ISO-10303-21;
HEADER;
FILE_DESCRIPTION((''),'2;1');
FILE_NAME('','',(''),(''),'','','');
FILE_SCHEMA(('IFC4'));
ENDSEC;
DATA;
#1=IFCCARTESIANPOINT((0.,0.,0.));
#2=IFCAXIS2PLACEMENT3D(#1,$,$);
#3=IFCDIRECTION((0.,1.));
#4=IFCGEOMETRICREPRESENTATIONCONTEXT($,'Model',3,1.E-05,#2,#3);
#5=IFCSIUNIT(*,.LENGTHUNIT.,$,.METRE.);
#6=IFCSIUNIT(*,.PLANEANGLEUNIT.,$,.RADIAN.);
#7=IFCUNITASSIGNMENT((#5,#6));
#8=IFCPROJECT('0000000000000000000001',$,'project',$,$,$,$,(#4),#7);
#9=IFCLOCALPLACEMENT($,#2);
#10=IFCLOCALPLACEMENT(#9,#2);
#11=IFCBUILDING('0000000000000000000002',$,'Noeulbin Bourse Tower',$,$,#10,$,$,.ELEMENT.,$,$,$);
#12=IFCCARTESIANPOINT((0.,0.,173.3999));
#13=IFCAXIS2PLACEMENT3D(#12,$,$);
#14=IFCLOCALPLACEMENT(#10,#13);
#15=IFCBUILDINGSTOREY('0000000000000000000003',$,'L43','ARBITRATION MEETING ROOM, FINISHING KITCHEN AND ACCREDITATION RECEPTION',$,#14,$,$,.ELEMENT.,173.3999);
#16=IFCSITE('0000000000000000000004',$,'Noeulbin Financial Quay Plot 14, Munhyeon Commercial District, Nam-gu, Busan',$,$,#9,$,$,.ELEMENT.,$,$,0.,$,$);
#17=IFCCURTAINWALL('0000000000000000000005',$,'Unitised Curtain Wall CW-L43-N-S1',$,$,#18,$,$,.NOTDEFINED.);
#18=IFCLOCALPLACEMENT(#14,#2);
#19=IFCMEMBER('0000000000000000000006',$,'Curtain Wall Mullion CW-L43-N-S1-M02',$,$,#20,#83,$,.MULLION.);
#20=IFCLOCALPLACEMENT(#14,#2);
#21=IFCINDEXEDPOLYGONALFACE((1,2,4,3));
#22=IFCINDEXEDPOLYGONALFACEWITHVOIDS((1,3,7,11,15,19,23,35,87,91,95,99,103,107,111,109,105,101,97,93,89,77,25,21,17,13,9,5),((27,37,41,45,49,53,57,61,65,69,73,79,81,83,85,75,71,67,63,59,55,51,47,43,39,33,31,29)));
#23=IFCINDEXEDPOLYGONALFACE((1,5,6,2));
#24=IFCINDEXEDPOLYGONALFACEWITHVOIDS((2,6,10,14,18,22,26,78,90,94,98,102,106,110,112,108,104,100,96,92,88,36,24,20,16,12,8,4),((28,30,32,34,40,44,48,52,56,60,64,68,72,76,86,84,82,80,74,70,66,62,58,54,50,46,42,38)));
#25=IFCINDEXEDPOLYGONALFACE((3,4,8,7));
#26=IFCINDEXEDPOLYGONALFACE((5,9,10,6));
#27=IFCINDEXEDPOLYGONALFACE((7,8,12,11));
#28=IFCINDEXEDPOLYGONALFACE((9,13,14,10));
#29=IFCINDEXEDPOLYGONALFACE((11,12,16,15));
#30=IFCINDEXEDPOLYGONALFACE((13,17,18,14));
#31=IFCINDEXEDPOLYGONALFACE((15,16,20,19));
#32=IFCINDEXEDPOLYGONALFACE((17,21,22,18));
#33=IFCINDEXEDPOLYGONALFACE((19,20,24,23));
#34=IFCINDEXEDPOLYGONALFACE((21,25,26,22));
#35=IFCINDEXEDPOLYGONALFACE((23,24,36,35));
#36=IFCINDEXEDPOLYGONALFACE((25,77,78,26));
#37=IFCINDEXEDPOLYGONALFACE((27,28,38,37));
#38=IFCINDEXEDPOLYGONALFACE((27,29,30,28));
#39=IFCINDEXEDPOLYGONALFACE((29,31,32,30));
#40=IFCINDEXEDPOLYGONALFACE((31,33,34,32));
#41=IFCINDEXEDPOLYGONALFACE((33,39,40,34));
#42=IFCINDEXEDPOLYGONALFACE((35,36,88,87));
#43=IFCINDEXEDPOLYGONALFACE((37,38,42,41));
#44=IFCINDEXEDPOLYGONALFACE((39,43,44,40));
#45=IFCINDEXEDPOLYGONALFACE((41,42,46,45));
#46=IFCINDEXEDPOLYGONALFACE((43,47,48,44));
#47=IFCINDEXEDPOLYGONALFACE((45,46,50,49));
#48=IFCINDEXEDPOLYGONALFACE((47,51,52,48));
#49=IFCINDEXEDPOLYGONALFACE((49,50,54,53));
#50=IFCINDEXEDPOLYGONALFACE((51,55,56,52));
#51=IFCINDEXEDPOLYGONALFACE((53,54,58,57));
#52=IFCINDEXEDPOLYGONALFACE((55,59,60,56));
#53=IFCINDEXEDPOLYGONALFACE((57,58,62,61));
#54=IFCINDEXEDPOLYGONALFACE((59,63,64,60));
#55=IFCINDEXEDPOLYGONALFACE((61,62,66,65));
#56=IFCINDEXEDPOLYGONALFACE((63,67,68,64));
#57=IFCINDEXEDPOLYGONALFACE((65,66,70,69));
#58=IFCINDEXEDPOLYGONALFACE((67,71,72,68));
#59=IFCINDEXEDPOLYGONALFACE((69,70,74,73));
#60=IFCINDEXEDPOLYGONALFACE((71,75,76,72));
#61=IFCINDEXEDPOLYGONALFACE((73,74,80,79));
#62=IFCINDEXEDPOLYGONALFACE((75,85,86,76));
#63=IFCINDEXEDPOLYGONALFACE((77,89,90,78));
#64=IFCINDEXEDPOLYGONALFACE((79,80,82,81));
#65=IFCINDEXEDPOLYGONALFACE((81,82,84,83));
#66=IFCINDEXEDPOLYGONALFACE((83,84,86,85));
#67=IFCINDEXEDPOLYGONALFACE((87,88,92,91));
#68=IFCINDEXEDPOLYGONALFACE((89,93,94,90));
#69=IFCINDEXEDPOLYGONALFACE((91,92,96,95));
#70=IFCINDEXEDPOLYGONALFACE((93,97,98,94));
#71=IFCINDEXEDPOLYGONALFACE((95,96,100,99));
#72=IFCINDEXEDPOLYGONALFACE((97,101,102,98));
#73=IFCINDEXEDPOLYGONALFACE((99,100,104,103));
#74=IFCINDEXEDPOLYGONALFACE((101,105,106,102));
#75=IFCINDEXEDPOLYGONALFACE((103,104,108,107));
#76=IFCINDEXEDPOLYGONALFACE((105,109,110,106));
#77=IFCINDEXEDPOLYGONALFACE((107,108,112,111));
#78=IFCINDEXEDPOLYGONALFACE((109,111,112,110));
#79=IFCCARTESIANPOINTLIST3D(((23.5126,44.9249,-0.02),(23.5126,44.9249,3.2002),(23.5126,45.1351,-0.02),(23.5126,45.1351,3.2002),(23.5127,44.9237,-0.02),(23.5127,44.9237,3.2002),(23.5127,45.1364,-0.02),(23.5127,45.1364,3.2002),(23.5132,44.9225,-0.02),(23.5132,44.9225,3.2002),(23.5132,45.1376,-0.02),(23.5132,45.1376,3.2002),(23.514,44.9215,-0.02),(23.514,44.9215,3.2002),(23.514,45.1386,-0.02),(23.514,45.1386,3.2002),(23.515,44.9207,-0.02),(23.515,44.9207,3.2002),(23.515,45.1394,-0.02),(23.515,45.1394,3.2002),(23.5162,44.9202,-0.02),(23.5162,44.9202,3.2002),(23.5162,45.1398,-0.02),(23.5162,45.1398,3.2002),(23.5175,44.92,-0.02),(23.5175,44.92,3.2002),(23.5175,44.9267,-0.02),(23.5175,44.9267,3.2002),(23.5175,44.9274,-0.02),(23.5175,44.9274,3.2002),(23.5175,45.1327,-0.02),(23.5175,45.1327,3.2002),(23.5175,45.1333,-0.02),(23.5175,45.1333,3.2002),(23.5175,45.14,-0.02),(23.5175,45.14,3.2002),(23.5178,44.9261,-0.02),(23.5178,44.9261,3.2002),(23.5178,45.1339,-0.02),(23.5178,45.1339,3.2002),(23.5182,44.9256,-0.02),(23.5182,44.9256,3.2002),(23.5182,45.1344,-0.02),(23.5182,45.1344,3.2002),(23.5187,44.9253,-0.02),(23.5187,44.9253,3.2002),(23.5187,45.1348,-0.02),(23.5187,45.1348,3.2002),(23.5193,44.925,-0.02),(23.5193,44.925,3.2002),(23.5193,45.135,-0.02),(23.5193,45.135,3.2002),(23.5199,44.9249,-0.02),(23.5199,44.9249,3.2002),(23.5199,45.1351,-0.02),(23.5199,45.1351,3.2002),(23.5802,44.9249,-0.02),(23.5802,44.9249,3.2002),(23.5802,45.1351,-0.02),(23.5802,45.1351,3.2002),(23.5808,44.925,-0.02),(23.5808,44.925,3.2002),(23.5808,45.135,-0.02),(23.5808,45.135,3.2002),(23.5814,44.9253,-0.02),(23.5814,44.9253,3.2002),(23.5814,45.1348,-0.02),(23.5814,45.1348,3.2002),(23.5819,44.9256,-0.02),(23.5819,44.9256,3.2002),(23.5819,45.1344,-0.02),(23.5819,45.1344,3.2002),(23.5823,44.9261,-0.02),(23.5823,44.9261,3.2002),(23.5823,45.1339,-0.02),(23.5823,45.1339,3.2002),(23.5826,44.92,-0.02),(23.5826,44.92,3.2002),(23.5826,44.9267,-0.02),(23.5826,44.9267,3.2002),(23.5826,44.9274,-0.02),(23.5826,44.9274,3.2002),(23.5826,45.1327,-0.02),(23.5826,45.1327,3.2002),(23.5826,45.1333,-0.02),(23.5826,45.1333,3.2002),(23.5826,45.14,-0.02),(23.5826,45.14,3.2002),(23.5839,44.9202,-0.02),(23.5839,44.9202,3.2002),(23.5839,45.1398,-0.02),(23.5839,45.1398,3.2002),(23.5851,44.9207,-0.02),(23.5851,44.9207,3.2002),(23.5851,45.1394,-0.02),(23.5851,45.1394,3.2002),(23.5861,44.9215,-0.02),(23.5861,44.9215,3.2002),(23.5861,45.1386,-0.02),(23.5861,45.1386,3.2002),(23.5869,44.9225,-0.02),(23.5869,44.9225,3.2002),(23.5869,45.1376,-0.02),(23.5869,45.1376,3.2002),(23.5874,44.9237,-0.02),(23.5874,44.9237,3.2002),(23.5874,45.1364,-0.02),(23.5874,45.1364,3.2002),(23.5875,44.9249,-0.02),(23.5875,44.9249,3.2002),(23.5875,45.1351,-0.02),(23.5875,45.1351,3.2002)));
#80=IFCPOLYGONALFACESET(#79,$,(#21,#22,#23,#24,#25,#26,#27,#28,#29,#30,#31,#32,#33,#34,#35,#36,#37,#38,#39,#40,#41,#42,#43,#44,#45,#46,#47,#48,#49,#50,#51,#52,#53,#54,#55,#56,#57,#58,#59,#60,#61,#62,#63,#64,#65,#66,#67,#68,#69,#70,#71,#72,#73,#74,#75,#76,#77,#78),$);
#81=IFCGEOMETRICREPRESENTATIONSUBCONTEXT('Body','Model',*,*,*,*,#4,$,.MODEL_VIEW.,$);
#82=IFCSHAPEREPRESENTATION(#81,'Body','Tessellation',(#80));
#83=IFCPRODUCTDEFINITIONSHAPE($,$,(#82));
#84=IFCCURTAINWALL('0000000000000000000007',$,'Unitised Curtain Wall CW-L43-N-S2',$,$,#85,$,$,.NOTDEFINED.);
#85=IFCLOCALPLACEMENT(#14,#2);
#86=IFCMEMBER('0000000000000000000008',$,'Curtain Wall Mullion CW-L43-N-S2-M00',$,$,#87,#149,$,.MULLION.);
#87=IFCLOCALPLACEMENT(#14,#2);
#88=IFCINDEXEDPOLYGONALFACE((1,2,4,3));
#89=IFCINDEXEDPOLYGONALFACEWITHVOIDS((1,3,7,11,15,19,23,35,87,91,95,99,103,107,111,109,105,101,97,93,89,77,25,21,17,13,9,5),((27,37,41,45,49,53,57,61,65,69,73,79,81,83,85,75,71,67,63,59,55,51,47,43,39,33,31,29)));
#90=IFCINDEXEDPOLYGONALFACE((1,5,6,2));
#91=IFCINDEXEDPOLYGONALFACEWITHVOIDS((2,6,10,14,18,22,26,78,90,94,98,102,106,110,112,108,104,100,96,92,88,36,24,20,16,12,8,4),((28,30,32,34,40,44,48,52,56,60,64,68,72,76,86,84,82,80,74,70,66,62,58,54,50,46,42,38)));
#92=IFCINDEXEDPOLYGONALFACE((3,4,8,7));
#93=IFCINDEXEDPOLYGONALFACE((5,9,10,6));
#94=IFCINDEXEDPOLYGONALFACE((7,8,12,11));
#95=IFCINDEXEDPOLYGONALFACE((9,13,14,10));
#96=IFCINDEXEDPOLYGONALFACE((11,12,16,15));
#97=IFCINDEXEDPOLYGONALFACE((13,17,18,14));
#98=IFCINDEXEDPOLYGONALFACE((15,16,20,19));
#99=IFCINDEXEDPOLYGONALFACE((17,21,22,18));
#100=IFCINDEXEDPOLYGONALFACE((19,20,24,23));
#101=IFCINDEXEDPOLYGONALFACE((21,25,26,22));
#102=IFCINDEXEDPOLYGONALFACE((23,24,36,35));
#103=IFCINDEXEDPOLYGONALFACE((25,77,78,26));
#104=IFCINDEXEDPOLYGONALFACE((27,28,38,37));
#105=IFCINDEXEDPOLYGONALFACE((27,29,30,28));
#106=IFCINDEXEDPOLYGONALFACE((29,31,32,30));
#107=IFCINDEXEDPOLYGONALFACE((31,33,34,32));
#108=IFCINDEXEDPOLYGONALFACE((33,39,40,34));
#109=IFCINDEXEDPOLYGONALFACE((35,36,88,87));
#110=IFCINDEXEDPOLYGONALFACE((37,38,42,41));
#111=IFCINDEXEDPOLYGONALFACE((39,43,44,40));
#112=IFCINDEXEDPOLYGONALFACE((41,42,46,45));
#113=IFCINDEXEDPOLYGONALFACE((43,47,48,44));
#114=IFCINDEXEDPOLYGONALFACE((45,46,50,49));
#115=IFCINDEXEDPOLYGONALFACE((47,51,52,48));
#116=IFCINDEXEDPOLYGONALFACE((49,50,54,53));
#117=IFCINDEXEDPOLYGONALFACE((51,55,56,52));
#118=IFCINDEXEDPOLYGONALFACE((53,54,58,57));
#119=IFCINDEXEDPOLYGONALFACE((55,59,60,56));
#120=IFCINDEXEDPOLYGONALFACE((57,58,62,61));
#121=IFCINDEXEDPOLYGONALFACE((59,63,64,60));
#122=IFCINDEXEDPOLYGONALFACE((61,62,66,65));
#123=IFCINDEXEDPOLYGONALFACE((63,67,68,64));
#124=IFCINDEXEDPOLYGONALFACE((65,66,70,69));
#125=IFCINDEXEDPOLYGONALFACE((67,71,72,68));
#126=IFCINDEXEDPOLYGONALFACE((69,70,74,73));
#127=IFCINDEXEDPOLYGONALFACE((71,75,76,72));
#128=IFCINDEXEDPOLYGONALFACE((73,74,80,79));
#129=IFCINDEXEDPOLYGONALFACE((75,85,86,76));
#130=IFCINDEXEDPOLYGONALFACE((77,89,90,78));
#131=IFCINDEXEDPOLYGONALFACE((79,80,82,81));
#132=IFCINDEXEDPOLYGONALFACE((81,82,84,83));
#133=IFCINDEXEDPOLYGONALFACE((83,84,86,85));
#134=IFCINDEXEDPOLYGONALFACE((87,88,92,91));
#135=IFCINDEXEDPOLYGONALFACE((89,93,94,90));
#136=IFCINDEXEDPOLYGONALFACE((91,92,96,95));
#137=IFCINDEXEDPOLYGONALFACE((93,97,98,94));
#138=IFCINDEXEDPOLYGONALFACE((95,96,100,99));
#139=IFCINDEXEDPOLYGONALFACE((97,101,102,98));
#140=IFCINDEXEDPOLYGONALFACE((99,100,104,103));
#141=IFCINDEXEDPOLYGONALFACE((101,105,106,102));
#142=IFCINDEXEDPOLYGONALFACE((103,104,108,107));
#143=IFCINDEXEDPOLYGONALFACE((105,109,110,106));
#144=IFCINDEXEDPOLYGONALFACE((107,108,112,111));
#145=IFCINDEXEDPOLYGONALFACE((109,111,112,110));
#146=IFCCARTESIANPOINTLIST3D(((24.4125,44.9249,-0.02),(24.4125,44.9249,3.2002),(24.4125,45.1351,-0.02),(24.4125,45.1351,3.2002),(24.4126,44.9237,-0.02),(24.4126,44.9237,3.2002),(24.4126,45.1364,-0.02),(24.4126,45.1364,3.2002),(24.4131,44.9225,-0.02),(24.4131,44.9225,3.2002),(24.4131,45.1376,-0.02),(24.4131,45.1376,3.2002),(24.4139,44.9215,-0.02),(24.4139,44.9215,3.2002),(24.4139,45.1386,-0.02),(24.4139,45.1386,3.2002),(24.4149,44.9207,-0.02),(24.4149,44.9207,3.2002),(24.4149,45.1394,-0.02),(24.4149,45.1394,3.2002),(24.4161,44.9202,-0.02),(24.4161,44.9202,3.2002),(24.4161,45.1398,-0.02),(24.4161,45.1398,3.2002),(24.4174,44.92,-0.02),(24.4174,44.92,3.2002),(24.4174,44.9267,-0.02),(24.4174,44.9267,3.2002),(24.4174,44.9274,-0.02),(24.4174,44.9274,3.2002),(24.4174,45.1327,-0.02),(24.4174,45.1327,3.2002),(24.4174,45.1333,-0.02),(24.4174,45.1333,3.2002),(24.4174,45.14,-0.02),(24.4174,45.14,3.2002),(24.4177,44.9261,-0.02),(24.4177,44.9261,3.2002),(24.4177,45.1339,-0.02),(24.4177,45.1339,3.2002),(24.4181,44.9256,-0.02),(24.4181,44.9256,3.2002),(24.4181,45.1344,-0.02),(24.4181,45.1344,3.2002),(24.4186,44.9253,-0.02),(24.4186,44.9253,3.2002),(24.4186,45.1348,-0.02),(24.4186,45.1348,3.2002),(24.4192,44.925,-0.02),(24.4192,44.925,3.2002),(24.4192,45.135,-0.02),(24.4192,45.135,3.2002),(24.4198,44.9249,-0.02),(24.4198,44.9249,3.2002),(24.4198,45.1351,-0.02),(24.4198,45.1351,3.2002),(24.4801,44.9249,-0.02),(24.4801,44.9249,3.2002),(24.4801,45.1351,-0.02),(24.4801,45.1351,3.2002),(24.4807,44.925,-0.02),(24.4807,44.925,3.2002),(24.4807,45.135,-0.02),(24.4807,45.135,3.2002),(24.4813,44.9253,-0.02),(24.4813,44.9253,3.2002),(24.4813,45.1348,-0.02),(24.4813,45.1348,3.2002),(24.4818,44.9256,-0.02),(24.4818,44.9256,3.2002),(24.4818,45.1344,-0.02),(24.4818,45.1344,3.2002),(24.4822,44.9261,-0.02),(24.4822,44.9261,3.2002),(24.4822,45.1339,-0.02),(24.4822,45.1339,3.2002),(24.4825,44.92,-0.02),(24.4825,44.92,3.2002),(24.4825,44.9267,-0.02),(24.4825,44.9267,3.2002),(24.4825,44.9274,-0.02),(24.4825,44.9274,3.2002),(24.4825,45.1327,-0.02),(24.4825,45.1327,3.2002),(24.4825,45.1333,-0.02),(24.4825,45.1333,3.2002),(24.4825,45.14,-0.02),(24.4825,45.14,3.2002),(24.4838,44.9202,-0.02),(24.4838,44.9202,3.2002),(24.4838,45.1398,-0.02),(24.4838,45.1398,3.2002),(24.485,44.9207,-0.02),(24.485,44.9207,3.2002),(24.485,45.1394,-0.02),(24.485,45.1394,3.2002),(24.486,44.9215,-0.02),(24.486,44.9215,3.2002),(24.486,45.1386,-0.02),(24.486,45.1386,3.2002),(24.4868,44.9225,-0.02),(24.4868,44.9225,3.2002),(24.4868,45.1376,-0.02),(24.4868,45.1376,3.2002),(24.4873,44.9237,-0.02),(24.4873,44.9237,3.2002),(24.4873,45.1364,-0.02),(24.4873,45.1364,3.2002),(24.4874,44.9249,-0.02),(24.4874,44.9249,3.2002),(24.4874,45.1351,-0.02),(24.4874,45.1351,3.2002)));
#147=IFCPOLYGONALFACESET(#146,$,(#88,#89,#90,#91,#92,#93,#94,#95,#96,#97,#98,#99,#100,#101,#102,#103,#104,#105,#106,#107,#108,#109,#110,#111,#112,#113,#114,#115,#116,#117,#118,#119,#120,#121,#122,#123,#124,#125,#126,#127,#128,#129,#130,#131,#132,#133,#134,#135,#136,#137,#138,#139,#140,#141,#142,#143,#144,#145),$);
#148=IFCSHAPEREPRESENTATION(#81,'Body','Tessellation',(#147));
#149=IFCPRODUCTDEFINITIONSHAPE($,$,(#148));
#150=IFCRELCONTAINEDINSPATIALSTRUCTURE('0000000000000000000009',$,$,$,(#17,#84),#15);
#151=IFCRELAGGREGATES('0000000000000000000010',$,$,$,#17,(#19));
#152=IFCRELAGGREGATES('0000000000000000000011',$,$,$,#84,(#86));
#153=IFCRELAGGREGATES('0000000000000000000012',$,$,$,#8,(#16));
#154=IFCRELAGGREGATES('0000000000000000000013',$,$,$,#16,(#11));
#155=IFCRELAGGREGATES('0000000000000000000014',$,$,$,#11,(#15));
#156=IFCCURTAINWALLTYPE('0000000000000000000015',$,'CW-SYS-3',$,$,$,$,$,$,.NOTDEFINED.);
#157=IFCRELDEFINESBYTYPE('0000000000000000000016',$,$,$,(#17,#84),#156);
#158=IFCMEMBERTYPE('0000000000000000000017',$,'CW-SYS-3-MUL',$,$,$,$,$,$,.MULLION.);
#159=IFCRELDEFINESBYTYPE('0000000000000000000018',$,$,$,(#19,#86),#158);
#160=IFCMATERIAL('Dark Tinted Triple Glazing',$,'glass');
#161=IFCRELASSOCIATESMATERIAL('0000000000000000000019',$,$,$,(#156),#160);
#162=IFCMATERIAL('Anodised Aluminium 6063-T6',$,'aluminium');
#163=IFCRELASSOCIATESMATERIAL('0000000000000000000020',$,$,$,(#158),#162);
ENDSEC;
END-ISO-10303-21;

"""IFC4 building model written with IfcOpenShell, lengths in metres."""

from ifc_helpers import new_model, si_unit, direction, frame, origin, origin_2d, place, context, subcontext, project, spatial, hollow_rectangle, extrude, material, material_profile, profile_set, type_object, element, aggregate, save


model = new_model("IFC4")

# Units and contexts
model_context = context("Model", 3, precision=1e-05, world=origin(), true_north=direction((0.0, 1.0)))
body_context = subcontext(model_context, "Body", "Model", "MODEL_VIEW")
ifc_project = project(units=[si_unit("LENGTHUNIT", "METRE"), si_unit("PLANEANGLEUNIT", "RADIAN")], contexts=[model_context])

# Site, building, storey
site_placement = place(None, origin())
site = spatial("IfcSite", under=ifc_project, at=site_placement, Name="Noeulbin Financial Quay Plot 14, Munhyeon Commercial District, Nam-gu, Busan", CompositionType="ELEMENT", RefElevation=0.0)
building_placement = place(site_placement, origin())
building = spatial("IfcBuilding", under=site, at=building_placement, Name="Noeulbin Bourse Tower", CompositionType="ELEMENT")
storey_placement = place(building_placement, frame((0.0, 0.0, 173.3999)))
storey = spatial("IfcBuildingStorey", under=building, at=storey_placement, Name="L43", Description="ARBITRATION MEETING ROOM, FINISHING KITCHEN AND ACCREDITATION RECEPTION", CompositionType="ELEMENT", Elevation=173.3999)

# Curtain walls, members
ifc_material_1 = material(Name="Dark Tinted Triple Glazing", Category="glass")
curtain_wall_type = type_object("IfcCurtainWallType", Name="CW-SYS-3", PredefinedType="NOTDEFINED", material=ifc_material_1)
curtain_wall_1_placement = place(storey_placement, origin())
curtain_wall_1 = element("IfcCurtainWall", 1, at=curtain_wall_1_placement, inside=storey, type_object=curtain_wall_type, Name="Unitised Curtain Wall CW-L43-N-S1", PredefinedType="NOTDEFINED")
ifc_material_2 = material(Name="Anodised Aluminium 6063-T6", Category="aluminium")
ifc_material_profile_1 = material_profile(ifc_material_2, hollow_rectangle(XDim=0.075, YDim=0.22, WallThickness=0.0049, InnerFilletRadius=0.0024, OuterFilletRadius=0.0049, at=origin_2d()), Name="ALU-MULL-75x220x5", Category="LoadBearing")
ifc_profile_set_1 = profile_set([ifc_material_profile_1], Name="Anodised Aluminium 6063-T6")
member_type_1 = type_object("IfcMemberType", Name="CW-SYS-3-MUL", PredefinedType="MULLION", material=ifc_profile_set_1)
member_1_placement = place(storey_placement, frame((23.55, 45.03, -0.02), z_axis=(0.0, 0.0, 1.0), x_axis=(1.0, 0.0, 0.0)))
member_1 = element("IfcMember", 2, at=member_1_placement, type_object=member_type_1, Name="Curtain Wall Mullion CW-L43-N-S1-M02", PredefinedType="MULLION", context=body_context, shape_type="SweptSolid", body=[
    extrude(hollow_rectangle(XDim=0.075, YDim=0.22, WallThickness=0.0049, InnerFilletRadius=0.0024, OuterFilletRadius=0.0049, at=origin_2d()), origin(), (0.0, 0.0, 1.0), 3.2202),
])
curtain_wall_2_placement = place(storey_placement, origin())
curtain_wall_2 = element("IfcCurtainWall", 3, at=curtain_wall_2_placement, inside=storey, type_object=curtain_wall_type, Name="Unitised Curtain Wall CW-L43-N-S2", PredefinedType="NOTDEFINED")
member_2_placement = place(storey_placement, frame((24.45, 45.03, -0.02), z_axis=(0.0, 0.0, 1.0), x_axis=(1.0, 0.0, 0.0)))
member_2 = element("IfcMember", 4, at=member_2_placement, type_object=member_type_1, Name="Curtain Wall Mullion CW-L43-N-S2-M00", PredefinedType="MULLION", context=body_context, shape_type="SweptSolid", body=[
    extrude(hollow_rectangle(XDim=0.075, YDim=0.22, WallThickness=0.0049, InnerFilletRadius=0.0024, OuterFilletRadius=0.0049, at=origin_2d()), origin(), (0.0, 0.0, 1.0), 3.2202),
])

aggregate(curtain_wall_1, [member_1])
aggregate(curtain_wall_2, [member_2])

save(model, "model.ifc")
